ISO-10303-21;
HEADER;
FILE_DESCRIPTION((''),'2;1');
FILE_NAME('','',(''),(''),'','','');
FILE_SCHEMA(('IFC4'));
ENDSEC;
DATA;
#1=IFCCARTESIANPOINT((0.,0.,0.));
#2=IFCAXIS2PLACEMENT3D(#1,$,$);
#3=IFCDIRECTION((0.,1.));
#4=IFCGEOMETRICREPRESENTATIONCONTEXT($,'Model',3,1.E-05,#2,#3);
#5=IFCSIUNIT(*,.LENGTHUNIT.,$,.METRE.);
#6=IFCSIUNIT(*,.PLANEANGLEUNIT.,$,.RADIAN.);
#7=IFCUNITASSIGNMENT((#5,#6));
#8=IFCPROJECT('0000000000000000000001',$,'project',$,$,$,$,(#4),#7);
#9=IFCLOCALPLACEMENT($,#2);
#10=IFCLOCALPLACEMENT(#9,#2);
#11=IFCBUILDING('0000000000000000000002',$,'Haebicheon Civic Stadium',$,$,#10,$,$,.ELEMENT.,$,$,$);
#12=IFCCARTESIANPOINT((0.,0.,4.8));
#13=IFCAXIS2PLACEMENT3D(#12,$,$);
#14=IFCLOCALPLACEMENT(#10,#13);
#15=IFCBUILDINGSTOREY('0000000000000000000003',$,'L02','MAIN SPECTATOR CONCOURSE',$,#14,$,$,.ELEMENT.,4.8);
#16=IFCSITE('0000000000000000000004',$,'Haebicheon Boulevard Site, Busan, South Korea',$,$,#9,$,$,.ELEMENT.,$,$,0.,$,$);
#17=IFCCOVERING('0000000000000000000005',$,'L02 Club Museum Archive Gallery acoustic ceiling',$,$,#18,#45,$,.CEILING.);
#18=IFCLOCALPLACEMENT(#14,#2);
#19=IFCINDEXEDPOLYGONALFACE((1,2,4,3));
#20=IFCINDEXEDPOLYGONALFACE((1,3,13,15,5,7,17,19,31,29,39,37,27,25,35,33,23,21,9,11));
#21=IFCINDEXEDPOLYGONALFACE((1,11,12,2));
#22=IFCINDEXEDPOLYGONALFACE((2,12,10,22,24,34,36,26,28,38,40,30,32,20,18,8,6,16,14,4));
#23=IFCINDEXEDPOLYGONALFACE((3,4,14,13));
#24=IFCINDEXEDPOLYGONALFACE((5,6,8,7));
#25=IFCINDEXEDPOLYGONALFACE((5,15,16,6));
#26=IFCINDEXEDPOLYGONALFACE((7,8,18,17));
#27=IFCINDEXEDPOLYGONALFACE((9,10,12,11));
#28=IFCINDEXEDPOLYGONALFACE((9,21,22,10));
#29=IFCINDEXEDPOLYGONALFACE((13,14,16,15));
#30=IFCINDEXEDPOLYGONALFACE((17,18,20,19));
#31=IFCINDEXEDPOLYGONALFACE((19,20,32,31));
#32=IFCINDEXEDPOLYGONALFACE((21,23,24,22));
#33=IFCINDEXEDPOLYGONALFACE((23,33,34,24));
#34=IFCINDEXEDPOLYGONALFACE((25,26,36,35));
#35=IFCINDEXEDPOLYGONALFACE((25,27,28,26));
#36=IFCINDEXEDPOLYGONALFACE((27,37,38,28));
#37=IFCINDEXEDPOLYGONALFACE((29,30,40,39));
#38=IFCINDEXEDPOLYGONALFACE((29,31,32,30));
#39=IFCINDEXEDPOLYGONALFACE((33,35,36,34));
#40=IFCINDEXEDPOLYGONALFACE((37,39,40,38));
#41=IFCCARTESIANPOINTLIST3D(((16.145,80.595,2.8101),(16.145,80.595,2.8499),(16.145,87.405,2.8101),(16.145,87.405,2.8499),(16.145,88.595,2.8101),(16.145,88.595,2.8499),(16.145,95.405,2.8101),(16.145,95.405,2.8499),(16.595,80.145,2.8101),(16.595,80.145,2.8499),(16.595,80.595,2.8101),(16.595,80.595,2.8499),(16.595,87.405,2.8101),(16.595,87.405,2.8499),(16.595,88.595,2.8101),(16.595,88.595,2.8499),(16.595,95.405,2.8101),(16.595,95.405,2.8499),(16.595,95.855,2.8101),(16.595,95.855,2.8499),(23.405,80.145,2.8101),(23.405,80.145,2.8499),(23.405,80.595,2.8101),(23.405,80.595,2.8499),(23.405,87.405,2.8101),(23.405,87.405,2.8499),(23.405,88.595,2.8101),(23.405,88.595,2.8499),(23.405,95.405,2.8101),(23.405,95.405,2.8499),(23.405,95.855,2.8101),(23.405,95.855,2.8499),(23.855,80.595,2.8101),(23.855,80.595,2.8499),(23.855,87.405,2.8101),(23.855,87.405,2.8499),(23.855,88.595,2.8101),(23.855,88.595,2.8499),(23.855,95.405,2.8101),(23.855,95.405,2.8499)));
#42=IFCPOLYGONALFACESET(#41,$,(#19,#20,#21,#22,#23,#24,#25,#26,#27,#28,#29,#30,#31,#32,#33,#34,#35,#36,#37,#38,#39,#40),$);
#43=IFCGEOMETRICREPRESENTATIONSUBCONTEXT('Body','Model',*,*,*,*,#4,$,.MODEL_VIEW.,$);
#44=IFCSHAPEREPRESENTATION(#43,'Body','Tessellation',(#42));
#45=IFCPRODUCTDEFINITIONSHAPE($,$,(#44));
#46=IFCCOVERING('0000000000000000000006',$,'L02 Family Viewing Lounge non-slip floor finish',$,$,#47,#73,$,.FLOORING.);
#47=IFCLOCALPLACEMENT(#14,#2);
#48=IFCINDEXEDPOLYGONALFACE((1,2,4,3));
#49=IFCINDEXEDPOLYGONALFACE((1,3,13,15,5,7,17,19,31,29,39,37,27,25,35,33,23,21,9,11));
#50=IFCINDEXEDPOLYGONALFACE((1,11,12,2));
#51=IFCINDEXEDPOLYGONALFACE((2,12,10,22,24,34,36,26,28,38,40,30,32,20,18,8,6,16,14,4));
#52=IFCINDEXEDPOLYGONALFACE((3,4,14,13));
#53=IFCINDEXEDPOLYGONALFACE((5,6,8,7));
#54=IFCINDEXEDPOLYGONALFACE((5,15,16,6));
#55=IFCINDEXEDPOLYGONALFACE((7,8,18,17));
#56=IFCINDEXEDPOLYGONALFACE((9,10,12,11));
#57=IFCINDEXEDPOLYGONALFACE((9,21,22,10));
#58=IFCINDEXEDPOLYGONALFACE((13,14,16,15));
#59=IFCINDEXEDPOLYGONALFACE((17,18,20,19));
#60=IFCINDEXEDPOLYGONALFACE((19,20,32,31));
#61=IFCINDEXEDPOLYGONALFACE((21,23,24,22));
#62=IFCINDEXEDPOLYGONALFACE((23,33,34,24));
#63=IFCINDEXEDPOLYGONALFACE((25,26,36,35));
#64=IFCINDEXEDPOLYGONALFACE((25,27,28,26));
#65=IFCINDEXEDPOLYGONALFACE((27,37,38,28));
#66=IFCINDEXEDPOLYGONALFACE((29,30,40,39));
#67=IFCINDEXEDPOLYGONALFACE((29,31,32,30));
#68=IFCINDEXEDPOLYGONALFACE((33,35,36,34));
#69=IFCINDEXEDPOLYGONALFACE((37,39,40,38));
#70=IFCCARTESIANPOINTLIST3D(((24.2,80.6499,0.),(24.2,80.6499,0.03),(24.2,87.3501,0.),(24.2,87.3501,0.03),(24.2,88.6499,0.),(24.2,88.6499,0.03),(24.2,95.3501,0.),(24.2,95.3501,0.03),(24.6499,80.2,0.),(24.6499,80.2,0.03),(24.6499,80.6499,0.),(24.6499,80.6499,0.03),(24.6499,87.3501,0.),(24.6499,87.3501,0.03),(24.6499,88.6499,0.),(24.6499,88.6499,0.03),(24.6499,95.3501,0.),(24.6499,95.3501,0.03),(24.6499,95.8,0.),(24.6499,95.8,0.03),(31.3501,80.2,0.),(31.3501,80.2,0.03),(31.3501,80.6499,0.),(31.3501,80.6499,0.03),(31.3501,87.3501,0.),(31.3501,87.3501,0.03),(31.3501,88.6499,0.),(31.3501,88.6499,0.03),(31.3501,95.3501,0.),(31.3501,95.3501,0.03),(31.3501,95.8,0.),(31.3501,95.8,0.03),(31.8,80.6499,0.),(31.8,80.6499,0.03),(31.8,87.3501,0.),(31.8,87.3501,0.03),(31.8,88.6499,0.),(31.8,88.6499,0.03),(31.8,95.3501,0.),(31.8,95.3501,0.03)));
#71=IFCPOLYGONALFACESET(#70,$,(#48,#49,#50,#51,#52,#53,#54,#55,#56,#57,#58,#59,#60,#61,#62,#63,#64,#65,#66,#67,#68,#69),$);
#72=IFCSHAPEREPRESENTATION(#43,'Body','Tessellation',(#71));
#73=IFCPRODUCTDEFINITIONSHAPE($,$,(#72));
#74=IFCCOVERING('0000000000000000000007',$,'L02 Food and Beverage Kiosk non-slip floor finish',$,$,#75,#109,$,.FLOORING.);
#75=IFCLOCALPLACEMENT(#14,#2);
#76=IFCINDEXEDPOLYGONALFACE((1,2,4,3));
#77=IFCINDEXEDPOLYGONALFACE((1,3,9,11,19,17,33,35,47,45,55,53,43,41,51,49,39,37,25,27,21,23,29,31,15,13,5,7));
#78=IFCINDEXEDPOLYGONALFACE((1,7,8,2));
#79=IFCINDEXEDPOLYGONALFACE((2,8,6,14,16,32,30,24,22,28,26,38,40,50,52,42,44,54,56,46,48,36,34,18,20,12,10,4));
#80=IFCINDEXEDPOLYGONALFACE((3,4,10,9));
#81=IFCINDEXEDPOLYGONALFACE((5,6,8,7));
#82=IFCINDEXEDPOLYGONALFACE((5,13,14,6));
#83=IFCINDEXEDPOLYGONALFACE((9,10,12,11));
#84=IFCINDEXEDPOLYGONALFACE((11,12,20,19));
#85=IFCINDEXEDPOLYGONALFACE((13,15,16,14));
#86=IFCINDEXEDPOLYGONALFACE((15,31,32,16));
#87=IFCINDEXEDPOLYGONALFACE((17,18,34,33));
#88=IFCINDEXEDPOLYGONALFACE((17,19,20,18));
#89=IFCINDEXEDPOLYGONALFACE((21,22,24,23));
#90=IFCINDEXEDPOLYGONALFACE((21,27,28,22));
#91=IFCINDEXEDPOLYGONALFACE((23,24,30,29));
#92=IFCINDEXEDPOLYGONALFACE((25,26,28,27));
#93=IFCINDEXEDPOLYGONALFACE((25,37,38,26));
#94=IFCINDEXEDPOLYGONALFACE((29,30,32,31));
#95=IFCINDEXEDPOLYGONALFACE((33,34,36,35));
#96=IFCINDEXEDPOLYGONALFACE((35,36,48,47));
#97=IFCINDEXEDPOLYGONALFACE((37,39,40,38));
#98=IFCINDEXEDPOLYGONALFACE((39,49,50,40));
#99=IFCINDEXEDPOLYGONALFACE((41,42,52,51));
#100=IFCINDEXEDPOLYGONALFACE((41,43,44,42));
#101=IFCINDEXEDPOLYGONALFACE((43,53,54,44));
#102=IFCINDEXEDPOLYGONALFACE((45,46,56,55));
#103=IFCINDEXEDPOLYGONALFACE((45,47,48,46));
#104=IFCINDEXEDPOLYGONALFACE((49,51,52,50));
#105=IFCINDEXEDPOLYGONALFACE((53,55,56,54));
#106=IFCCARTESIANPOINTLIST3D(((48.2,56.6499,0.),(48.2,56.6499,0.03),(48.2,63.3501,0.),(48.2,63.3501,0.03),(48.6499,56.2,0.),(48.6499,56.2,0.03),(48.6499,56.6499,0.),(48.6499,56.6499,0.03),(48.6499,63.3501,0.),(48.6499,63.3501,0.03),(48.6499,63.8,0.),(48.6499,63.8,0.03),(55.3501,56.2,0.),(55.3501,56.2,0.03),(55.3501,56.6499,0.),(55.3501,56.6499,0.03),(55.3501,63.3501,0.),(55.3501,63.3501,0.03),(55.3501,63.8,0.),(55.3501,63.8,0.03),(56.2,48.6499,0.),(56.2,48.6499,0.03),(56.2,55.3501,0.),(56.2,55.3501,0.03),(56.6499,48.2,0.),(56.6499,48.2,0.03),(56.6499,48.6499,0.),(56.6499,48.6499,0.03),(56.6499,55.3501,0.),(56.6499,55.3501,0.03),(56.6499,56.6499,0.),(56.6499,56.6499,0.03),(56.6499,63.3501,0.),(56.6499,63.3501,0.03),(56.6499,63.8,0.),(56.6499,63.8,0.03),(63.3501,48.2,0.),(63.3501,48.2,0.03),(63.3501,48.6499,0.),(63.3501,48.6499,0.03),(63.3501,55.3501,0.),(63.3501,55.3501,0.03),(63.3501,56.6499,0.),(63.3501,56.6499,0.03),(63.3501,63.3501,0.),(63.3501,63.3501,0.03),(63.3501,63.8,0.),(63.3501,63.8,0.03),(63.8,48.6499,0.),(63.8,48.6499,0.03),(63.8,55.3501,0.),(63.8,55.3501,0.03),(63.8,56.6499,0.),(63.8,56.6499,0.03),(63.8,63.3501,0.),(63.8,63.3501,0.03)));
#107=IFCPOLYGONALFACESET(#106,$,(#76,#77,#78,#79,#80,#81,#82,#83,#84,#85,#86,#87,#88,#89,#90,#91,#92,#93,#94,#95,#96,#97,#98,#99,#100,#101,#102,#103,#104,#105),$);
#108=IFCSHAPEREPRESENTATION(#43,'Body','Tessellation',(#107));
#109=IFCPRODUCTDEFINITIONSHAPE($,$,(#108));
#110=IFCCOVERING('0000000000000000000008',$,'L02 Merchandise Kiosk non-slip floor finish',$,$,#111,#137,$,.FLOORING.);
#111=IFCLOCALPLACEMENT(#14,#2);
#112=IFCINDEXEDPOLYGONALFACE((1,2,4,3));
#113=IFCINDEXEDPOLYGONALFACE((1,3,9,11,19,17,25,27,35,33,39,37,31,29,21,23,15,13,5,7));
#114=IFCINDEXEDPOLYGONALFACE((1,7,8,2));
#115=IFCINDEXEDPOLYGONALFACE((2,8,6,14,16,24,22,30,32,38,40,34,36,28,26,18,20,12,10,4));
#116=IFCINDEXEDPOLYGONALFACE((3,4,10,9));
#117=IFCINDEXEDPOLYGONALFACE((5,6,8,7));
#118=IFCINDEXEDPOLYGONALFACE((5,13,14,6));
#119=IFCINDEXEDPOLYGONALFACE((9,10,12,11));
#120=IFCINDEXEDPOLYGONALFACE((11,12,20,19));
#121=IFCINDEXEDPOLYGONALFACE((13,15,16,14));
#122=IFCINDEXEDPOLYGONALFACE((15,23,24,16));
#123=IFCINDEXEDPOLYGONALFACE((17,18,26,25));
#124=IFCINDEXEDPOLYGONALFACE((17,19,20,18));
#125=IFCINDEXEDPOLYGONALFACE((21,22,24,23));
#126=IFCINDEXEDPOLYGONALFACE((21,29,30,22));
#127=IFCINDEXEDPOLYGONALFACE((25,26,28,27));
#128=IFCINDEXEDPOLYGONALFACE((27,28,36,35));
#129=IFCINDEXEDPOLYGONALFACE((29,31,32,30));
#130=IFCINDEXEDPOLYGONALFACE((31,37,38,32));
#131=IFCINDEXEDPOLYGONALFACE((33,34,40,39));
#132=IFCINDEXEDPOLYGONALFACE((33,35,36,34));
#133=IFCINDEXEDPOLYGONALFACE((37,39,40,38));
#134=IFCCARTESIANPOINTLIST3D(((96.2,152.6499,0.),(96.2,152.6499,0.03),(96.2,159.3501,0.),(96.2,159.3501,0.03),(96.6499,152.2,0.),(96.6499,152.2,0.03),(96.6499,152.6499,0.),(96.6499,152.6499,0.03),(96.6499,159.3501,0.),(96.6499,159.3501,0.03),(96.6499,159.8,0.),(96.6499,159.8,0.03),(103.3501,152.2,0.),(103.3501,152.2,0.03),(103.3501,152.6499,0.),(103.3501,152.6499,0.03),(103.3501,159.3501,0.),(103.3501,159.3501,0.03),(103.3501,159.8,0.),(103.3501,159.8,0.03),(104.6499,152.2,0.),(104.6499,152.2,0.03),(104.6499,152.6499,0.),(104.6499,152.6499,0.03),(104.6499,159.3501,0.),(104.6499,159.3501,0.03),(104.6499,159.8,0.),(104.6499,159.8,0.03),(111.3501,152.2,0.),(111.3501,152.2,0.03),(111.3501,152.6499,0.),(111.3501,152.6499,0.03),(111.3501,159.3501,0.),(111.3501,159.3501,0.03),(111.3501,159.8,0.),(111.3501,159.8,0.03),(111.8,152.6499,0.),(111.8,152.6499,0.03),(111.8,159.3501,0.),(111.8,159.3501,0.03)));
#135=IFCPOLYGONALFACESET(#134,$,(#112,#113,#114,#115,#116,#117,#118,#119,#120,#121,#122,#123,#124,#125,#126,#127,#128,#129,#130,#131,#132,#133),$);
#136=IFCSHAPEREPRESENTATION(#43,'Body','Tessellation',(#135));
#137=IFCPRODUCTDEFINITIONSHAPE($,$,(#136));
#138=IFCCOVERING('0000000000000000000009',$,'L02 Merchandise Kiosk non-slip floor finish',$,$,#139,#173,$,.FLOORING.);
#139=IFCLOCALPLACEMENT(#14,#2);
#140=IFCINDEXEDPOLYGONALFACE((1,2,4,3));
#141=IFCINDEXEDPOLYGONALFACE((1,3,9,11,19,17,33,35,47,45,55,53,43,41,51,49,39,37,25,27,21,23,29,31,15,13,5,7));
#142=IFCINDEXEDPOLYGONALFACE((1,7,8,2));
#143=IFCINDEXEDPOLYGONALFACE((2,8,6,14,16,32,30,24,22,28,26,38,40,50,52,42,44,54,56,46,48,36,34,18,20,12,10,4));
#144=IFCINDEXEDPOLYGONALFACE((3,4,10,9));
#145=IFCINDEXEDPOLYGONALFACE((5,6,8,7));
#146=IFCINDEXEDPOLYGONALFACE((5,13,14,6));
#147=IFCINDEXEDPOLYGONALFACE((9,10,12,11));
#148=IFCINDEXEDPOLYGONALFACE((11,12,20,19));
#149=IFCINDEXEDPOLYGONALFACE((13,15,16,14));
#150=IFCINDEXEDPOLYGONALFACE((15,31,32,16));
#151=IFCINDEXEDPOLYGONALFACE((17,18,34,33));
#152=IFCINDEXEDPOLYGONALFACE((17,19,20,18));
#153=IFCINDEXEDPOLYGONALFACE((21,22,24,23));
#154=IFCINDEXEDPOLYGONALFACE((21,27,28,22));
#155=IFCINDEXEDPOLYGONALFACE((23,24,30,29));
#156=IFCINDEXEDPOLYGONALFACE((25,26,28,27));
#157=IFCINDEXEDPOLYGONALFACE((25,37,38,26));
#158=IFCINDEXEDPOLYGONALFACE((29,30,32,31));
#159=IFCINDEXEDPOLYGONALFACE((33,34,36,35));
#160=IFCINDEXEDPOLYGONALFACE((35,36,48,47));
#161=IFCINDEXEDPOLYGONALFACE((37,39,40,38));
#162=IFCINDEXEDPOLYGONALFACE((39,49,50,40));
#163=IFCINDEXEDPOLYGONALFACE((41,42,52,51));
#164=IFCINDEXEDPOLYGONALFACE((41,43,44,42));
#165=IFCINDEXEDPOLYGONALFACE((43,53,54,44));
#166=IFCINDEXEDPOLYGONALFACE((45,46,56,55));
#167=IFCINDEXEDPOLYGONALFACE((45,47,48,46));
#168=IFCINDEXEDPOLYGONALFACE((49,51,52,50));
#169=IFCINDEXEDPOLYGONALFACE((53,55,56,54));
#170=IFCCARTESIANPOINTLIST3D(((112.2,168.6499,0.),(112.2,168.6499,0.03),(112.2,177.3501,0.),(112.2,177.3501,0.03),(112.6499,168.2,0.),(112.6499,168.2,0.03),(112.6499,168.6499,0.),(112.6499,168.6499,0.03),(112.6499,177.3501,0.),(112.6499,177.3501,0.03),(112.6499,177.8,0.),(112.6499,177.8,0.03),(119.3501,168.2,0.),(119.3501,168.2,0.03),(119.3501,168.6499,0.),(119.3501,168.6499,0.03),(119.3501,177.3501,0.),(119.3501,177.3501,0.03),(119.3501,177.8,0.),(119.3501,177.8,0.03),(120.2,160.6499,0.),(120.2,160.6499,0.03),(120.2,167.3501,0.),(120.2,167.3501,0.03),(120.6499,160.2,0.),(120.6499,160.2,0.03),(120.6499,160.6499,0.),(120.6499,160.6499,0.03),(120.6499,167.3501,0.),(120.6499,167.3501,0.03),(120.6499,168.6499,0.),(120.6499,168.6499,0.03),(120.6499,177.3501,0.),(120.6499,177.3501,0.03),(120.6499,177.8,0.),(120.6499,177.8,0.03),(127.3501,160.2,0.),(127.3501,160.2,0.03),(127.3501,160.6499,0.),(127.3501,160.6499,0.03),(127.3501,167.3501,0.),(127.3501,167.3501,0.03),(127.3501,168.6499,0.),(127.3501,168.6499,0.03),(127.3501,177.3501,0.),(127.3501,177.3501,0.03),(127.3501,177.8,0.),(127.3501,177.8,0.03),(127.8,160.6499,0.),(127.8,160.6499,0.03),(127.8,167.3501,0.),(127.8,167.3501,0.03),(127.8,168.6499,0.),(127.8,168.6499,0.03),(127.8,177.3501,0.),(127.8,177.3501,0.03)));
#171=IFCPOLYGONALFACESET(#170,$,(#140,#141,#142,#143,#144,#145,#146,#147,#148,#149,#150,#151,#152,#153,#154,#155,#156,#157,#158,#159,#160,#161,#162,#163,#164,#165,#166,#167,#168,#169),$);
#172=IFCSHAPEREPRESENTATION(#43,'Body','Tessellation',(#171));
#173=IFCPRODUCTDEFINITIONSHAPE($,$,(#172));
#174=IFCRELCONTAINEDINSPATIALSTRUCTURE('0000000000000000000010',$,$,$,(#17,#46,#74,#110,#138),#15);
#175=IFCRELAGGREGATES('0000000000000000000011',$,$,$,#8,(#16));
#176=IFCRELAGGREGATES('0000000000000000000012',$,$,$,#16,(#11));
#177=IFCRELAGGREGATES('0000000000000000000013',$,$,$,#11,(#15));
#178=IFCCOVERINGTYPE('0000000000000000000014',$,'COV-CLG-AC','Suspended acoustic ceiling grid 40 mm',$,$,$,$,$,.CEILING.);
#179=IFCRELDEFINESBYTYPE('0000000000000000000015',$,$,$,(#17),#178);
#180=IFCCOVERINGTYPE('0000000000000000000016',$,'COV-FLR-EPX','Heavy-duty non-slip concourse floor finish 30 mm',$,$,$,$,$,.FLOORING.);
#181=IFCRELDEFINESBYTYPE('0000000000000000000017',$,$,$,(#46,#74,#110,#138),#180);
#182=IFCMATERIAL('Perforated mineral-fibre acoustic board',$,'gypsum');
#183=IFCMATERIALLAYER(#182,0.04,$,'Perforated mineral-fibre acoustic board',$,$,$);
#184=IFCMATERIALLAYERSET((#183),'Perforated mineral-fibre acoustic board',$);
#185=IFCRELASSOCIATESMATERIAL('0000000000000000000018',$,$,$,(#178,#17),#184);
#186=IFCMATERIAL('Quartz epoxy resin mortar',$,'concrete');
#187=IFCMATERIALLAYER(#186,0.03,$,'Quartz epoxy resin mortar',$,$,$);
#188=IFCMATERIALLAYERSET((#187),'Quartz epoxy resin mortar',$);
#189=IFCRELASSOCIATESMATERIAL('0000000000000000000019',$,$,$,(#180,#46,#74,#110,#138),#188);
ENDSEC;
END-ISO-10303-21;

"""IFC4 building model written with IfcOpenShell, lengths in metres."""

from ifc_helpers import new_model, si_unit, direction, frame, origin, place, context, subcontext, project, spatial, polyline, outline, extrude, material, layer, layer_set, type_object, element, save


model = new_model("IFC4")

# Units and contexts
model_context = context("Model", 3, precision=1e-05, world=origin(), true_north=direction((0.0, 1.0)))
body_context = subcontext(model_context, "Body", "Model", "MODEL_VIEW")
ifc_project = project(units=[si_unit("LENGTHUNIT", "METRE"), si_unit("PLANEANGLEUNIT", "RADIAN")], contexts=[model_context])

# Site, building, storey
site_placement = place(None, origin())
site = spatial("IfcSite", under=ifc_project, at=site_placement, Name="Haebicheon Boulevard Site, Busan, South Korea", CompositionType="ELEMENT", RefElevation=0.0)
building_placement = place(site_placement, origin())
building = spatial("IfcBuilding", under=site, at=building_placement, Name="Haebicheon Civic Stadium", CompositionType="ELEMENT")
storey_placement = place(building_placement, frame((0.0, 0.0, 4.8)))
storey = spatial("IfcBuildingStorey", under=building, at=storey_placement, Name="L02", Description="MAIN SPECTATOR CONCOURSE", CompositionType="ELEMENT", Elevation=4.8)

# Coverings
ifc_material_1 = material(Name="Perforated mineral-fibre acoustic board", Category="gypsum")
ifc_layer_1 = layer(ifc_material_1, 0.04, Name="Perforated mineral-fibre acoustic board")
ifc_layer_set_1 = layer_set([ifc_layer_1], Name="Perforated mineral-fibre acoustic board")
covering_type_1 = type_object("IfcCoveringType", Name="COV-CLG-AC", Description="Suspended acoustic ceiling grid 40 mm", PredefinedType="CEILING", material=ifc_layer_set_1)
covering_1_placement = place(storey_placement, frame((0.0, 0.0, 2.8101)))
element("IfcCovering", 1, at=covering_1_placement, inside=storey, type_object=covering_type_1, material=ifc_layer_set_1, Name="L02 Club Museum Archive Gallery acoustic ceiling", PredefinedType="CEILING", context=body_context, shape_type="SweptSolid", body=[
    extrude(outline(polyline([(16.595, 80.145), (16.595, 80.595), (16.145, 80.595), (16.145, 87.405), (16.595, 87.405), (16.595, 88.595), (16.145, 88.595), (16.145, 95.405), (16.595, 95.405), (16.595, 95.855), (23.405, 95.855), (23.405, 95.405), (23.855, 95.405), (23.855, 88.595), (23.405, 88.595), (23.405, 87.405), (23.855, 87.405), (23.855, 80.595), (23.405, 80.595), (23.405, 80.145), (16.595, 80.145)])), origin(), (0.0, 0.0, 1.0), 0.0398),
])
ifc_material_2 = material(Name="Quartz epoxy resin mortar", Category="concrete")
ifc_layer_2 = layer(ifc_material_2, 0.03, Name="Quartz epoxy resin mortar")
ifc_layer_set_2 = layer_set([ifc_layer_2], Name="Quartz epoxy resin mortar")
covering_type_2 = type_object("IfcCoveringType", Name="COV-FLR-EPX", Description="Heavy-duty non-slip concourse floor finish 30 mm", PredefinedType="FLOORING", material=ifc_layer_set_2)
covering_2_placement = place(storey_placement, origin())
element("IfcCovering", 2, at=covering_2_placement, inside=storey, type_object=covering_type_2, material=ifc_layer_set_2, Name="L02 Family Viewing Lounge non-slip floor finish", PredefinedType="FLOORING", context=body_context, shape_type="SweptSolid", body=[
    extrude(outline(polyline([(24.6499, 80.2), (24.6499, 80.6499), (24.2, 80.6499), (24.2, 87.3501), (24.6499, 87.3501), (24.6499, 88.6499), (24.2, 88.6499), (24.2, 95.3501), (24.6499, 95.3501), (24.6499, 95.8), (31.3501, 95.8), (31.3501, 95.3501), (31.8, 95.3501), (31.8, 88.6499), (31.3501, 88.6499), (31.3501, 87.3501), (31.8, 87.3501), (31.8, 80.6499), (31.3501, 80.6499), (31.3501, 80.2), (24.6499, 80.2)])), origin(), (0.0, 0.0, 1.0), 0.03),
])
covering_3_placement = place(storey_placement, origin())
element("IfcCovering", 3, at=covering_3_placement, inside=storey, type_object=covering_type_2, material=ifc_layer_set_2, Name="L02 Food and Beverage Kiosk non-slip floor finish", PredefinedType="FLOORING", context=body_context, shape_type="SweptSolid", body=[
    extrude(outline(polyline([(56.6499, 48.2), (56.6499, 48.6499), (56.2, 48.6499), (56.2, 55.3501), (56.6499, 55.3501), (56.6499, 56.6499), (55.3501, 56.6499), (55.3501, 56.2), (48.6499, 56.2), (48.6499, 56.6499), (48.2, 56.6499), (48.2, 63.3501), (48.6499, 63.3501), (48.6499, 63.8), (55.3501, 63.8), (55.3501, 63.3501), (56.6499, 63.3501), (56.6499, 63.8), (63.3501, 63.8), (63.3501, 63.3501), (63.8, 63.3501), (63.8, 56.6499), (63.3501, 56.6499), (63.3501, 55.3501), (63.8, 55.3501), (63.8, 48.6499), (63.3501, 48.6499), (63.3501, 48.2), (56.6499, 48.2)])), origin(), (0.0, 0.0, 1.0), 0.03),
])
covering_4_placement = place(storey_placement, origin())
element("IfcCovering", 4, at=covering_4_placement, inside=storey, type_object=covering_type_2, material=ifc_layer_set_2, Name="L02 Merchandise Kiosk non-slip floor finish", PredefinedType="FLOORING", context=body_context, shape_type="SweptSolid", body=[
    extrude(outline(polyline([(96.2, 159.3501), (96.6499, 159.3501), (96.6499, 159.8), (103.3501, 159.8), (103.3501, 159.3501), (104.6499, 159.3501), (104.6499, 159.8), (111.3501, 159.8), (111.3501, 159.3501), (111.8, 159.3501), (111.8, 152.6499), (111.3501, 152.6499), (111.3501, 152.2), (104.6499, 152.2), (104.6499, 152.6499), (103.3501, 152.6499), (103.3501, 152.2), (96.6499, 152.2), (96.6499, 152.6499), (96.2, 152.6499), (96.2, 159.3501)])), origin(), (0.0, 0.0, 1.0), 0.03),
])
covering_5_placement = place(storey_placement, origin())
element("IfcCovering", 5, at=covering_5_placement, inside=storey, type_object=covering_type_2, material=ifc_layer_set_2, Name="L02 Merchandise Kiosk non-slip floor finish", PredefinedType="FLOORING", context=body_context, shape_type="SweptSolid", body=[
    extrude(outline(polyline([(120.6499, 160.2), (120.6499, 160.6499), (120.2, 160.6499), (120.2, 167.3501), (120.6499, 167.3501), (120.6499, 168.6499), (119.3501, 168.6499), (119.3501, 168.2), (112.6499, 168.2), (112.6499, 168.6499), (112.2, 168.6499), (112.2, 177.3501), (112.6499, 177.3501), (112.6499, 177.8), (119.3501, 177.8), (119.3501, 177.3501), (120.6499, 177.3501), (120.6499, 177.8), (127.3501, 177.8), (127.3501, 177.3501), (127.8, 177.3501), (127.8, 168.6499), (127.3501, 168.6499), (127.3501, 167.3501), (127.8, 167.3501), (127.8, 160.6499), (127.3501, 160.6499), (127.3501, 160.2), (120.6499, 160.2)])), origin(), (0.0, 0.0, 1.0), 0.03),
])

save(model, "model.ifc")
